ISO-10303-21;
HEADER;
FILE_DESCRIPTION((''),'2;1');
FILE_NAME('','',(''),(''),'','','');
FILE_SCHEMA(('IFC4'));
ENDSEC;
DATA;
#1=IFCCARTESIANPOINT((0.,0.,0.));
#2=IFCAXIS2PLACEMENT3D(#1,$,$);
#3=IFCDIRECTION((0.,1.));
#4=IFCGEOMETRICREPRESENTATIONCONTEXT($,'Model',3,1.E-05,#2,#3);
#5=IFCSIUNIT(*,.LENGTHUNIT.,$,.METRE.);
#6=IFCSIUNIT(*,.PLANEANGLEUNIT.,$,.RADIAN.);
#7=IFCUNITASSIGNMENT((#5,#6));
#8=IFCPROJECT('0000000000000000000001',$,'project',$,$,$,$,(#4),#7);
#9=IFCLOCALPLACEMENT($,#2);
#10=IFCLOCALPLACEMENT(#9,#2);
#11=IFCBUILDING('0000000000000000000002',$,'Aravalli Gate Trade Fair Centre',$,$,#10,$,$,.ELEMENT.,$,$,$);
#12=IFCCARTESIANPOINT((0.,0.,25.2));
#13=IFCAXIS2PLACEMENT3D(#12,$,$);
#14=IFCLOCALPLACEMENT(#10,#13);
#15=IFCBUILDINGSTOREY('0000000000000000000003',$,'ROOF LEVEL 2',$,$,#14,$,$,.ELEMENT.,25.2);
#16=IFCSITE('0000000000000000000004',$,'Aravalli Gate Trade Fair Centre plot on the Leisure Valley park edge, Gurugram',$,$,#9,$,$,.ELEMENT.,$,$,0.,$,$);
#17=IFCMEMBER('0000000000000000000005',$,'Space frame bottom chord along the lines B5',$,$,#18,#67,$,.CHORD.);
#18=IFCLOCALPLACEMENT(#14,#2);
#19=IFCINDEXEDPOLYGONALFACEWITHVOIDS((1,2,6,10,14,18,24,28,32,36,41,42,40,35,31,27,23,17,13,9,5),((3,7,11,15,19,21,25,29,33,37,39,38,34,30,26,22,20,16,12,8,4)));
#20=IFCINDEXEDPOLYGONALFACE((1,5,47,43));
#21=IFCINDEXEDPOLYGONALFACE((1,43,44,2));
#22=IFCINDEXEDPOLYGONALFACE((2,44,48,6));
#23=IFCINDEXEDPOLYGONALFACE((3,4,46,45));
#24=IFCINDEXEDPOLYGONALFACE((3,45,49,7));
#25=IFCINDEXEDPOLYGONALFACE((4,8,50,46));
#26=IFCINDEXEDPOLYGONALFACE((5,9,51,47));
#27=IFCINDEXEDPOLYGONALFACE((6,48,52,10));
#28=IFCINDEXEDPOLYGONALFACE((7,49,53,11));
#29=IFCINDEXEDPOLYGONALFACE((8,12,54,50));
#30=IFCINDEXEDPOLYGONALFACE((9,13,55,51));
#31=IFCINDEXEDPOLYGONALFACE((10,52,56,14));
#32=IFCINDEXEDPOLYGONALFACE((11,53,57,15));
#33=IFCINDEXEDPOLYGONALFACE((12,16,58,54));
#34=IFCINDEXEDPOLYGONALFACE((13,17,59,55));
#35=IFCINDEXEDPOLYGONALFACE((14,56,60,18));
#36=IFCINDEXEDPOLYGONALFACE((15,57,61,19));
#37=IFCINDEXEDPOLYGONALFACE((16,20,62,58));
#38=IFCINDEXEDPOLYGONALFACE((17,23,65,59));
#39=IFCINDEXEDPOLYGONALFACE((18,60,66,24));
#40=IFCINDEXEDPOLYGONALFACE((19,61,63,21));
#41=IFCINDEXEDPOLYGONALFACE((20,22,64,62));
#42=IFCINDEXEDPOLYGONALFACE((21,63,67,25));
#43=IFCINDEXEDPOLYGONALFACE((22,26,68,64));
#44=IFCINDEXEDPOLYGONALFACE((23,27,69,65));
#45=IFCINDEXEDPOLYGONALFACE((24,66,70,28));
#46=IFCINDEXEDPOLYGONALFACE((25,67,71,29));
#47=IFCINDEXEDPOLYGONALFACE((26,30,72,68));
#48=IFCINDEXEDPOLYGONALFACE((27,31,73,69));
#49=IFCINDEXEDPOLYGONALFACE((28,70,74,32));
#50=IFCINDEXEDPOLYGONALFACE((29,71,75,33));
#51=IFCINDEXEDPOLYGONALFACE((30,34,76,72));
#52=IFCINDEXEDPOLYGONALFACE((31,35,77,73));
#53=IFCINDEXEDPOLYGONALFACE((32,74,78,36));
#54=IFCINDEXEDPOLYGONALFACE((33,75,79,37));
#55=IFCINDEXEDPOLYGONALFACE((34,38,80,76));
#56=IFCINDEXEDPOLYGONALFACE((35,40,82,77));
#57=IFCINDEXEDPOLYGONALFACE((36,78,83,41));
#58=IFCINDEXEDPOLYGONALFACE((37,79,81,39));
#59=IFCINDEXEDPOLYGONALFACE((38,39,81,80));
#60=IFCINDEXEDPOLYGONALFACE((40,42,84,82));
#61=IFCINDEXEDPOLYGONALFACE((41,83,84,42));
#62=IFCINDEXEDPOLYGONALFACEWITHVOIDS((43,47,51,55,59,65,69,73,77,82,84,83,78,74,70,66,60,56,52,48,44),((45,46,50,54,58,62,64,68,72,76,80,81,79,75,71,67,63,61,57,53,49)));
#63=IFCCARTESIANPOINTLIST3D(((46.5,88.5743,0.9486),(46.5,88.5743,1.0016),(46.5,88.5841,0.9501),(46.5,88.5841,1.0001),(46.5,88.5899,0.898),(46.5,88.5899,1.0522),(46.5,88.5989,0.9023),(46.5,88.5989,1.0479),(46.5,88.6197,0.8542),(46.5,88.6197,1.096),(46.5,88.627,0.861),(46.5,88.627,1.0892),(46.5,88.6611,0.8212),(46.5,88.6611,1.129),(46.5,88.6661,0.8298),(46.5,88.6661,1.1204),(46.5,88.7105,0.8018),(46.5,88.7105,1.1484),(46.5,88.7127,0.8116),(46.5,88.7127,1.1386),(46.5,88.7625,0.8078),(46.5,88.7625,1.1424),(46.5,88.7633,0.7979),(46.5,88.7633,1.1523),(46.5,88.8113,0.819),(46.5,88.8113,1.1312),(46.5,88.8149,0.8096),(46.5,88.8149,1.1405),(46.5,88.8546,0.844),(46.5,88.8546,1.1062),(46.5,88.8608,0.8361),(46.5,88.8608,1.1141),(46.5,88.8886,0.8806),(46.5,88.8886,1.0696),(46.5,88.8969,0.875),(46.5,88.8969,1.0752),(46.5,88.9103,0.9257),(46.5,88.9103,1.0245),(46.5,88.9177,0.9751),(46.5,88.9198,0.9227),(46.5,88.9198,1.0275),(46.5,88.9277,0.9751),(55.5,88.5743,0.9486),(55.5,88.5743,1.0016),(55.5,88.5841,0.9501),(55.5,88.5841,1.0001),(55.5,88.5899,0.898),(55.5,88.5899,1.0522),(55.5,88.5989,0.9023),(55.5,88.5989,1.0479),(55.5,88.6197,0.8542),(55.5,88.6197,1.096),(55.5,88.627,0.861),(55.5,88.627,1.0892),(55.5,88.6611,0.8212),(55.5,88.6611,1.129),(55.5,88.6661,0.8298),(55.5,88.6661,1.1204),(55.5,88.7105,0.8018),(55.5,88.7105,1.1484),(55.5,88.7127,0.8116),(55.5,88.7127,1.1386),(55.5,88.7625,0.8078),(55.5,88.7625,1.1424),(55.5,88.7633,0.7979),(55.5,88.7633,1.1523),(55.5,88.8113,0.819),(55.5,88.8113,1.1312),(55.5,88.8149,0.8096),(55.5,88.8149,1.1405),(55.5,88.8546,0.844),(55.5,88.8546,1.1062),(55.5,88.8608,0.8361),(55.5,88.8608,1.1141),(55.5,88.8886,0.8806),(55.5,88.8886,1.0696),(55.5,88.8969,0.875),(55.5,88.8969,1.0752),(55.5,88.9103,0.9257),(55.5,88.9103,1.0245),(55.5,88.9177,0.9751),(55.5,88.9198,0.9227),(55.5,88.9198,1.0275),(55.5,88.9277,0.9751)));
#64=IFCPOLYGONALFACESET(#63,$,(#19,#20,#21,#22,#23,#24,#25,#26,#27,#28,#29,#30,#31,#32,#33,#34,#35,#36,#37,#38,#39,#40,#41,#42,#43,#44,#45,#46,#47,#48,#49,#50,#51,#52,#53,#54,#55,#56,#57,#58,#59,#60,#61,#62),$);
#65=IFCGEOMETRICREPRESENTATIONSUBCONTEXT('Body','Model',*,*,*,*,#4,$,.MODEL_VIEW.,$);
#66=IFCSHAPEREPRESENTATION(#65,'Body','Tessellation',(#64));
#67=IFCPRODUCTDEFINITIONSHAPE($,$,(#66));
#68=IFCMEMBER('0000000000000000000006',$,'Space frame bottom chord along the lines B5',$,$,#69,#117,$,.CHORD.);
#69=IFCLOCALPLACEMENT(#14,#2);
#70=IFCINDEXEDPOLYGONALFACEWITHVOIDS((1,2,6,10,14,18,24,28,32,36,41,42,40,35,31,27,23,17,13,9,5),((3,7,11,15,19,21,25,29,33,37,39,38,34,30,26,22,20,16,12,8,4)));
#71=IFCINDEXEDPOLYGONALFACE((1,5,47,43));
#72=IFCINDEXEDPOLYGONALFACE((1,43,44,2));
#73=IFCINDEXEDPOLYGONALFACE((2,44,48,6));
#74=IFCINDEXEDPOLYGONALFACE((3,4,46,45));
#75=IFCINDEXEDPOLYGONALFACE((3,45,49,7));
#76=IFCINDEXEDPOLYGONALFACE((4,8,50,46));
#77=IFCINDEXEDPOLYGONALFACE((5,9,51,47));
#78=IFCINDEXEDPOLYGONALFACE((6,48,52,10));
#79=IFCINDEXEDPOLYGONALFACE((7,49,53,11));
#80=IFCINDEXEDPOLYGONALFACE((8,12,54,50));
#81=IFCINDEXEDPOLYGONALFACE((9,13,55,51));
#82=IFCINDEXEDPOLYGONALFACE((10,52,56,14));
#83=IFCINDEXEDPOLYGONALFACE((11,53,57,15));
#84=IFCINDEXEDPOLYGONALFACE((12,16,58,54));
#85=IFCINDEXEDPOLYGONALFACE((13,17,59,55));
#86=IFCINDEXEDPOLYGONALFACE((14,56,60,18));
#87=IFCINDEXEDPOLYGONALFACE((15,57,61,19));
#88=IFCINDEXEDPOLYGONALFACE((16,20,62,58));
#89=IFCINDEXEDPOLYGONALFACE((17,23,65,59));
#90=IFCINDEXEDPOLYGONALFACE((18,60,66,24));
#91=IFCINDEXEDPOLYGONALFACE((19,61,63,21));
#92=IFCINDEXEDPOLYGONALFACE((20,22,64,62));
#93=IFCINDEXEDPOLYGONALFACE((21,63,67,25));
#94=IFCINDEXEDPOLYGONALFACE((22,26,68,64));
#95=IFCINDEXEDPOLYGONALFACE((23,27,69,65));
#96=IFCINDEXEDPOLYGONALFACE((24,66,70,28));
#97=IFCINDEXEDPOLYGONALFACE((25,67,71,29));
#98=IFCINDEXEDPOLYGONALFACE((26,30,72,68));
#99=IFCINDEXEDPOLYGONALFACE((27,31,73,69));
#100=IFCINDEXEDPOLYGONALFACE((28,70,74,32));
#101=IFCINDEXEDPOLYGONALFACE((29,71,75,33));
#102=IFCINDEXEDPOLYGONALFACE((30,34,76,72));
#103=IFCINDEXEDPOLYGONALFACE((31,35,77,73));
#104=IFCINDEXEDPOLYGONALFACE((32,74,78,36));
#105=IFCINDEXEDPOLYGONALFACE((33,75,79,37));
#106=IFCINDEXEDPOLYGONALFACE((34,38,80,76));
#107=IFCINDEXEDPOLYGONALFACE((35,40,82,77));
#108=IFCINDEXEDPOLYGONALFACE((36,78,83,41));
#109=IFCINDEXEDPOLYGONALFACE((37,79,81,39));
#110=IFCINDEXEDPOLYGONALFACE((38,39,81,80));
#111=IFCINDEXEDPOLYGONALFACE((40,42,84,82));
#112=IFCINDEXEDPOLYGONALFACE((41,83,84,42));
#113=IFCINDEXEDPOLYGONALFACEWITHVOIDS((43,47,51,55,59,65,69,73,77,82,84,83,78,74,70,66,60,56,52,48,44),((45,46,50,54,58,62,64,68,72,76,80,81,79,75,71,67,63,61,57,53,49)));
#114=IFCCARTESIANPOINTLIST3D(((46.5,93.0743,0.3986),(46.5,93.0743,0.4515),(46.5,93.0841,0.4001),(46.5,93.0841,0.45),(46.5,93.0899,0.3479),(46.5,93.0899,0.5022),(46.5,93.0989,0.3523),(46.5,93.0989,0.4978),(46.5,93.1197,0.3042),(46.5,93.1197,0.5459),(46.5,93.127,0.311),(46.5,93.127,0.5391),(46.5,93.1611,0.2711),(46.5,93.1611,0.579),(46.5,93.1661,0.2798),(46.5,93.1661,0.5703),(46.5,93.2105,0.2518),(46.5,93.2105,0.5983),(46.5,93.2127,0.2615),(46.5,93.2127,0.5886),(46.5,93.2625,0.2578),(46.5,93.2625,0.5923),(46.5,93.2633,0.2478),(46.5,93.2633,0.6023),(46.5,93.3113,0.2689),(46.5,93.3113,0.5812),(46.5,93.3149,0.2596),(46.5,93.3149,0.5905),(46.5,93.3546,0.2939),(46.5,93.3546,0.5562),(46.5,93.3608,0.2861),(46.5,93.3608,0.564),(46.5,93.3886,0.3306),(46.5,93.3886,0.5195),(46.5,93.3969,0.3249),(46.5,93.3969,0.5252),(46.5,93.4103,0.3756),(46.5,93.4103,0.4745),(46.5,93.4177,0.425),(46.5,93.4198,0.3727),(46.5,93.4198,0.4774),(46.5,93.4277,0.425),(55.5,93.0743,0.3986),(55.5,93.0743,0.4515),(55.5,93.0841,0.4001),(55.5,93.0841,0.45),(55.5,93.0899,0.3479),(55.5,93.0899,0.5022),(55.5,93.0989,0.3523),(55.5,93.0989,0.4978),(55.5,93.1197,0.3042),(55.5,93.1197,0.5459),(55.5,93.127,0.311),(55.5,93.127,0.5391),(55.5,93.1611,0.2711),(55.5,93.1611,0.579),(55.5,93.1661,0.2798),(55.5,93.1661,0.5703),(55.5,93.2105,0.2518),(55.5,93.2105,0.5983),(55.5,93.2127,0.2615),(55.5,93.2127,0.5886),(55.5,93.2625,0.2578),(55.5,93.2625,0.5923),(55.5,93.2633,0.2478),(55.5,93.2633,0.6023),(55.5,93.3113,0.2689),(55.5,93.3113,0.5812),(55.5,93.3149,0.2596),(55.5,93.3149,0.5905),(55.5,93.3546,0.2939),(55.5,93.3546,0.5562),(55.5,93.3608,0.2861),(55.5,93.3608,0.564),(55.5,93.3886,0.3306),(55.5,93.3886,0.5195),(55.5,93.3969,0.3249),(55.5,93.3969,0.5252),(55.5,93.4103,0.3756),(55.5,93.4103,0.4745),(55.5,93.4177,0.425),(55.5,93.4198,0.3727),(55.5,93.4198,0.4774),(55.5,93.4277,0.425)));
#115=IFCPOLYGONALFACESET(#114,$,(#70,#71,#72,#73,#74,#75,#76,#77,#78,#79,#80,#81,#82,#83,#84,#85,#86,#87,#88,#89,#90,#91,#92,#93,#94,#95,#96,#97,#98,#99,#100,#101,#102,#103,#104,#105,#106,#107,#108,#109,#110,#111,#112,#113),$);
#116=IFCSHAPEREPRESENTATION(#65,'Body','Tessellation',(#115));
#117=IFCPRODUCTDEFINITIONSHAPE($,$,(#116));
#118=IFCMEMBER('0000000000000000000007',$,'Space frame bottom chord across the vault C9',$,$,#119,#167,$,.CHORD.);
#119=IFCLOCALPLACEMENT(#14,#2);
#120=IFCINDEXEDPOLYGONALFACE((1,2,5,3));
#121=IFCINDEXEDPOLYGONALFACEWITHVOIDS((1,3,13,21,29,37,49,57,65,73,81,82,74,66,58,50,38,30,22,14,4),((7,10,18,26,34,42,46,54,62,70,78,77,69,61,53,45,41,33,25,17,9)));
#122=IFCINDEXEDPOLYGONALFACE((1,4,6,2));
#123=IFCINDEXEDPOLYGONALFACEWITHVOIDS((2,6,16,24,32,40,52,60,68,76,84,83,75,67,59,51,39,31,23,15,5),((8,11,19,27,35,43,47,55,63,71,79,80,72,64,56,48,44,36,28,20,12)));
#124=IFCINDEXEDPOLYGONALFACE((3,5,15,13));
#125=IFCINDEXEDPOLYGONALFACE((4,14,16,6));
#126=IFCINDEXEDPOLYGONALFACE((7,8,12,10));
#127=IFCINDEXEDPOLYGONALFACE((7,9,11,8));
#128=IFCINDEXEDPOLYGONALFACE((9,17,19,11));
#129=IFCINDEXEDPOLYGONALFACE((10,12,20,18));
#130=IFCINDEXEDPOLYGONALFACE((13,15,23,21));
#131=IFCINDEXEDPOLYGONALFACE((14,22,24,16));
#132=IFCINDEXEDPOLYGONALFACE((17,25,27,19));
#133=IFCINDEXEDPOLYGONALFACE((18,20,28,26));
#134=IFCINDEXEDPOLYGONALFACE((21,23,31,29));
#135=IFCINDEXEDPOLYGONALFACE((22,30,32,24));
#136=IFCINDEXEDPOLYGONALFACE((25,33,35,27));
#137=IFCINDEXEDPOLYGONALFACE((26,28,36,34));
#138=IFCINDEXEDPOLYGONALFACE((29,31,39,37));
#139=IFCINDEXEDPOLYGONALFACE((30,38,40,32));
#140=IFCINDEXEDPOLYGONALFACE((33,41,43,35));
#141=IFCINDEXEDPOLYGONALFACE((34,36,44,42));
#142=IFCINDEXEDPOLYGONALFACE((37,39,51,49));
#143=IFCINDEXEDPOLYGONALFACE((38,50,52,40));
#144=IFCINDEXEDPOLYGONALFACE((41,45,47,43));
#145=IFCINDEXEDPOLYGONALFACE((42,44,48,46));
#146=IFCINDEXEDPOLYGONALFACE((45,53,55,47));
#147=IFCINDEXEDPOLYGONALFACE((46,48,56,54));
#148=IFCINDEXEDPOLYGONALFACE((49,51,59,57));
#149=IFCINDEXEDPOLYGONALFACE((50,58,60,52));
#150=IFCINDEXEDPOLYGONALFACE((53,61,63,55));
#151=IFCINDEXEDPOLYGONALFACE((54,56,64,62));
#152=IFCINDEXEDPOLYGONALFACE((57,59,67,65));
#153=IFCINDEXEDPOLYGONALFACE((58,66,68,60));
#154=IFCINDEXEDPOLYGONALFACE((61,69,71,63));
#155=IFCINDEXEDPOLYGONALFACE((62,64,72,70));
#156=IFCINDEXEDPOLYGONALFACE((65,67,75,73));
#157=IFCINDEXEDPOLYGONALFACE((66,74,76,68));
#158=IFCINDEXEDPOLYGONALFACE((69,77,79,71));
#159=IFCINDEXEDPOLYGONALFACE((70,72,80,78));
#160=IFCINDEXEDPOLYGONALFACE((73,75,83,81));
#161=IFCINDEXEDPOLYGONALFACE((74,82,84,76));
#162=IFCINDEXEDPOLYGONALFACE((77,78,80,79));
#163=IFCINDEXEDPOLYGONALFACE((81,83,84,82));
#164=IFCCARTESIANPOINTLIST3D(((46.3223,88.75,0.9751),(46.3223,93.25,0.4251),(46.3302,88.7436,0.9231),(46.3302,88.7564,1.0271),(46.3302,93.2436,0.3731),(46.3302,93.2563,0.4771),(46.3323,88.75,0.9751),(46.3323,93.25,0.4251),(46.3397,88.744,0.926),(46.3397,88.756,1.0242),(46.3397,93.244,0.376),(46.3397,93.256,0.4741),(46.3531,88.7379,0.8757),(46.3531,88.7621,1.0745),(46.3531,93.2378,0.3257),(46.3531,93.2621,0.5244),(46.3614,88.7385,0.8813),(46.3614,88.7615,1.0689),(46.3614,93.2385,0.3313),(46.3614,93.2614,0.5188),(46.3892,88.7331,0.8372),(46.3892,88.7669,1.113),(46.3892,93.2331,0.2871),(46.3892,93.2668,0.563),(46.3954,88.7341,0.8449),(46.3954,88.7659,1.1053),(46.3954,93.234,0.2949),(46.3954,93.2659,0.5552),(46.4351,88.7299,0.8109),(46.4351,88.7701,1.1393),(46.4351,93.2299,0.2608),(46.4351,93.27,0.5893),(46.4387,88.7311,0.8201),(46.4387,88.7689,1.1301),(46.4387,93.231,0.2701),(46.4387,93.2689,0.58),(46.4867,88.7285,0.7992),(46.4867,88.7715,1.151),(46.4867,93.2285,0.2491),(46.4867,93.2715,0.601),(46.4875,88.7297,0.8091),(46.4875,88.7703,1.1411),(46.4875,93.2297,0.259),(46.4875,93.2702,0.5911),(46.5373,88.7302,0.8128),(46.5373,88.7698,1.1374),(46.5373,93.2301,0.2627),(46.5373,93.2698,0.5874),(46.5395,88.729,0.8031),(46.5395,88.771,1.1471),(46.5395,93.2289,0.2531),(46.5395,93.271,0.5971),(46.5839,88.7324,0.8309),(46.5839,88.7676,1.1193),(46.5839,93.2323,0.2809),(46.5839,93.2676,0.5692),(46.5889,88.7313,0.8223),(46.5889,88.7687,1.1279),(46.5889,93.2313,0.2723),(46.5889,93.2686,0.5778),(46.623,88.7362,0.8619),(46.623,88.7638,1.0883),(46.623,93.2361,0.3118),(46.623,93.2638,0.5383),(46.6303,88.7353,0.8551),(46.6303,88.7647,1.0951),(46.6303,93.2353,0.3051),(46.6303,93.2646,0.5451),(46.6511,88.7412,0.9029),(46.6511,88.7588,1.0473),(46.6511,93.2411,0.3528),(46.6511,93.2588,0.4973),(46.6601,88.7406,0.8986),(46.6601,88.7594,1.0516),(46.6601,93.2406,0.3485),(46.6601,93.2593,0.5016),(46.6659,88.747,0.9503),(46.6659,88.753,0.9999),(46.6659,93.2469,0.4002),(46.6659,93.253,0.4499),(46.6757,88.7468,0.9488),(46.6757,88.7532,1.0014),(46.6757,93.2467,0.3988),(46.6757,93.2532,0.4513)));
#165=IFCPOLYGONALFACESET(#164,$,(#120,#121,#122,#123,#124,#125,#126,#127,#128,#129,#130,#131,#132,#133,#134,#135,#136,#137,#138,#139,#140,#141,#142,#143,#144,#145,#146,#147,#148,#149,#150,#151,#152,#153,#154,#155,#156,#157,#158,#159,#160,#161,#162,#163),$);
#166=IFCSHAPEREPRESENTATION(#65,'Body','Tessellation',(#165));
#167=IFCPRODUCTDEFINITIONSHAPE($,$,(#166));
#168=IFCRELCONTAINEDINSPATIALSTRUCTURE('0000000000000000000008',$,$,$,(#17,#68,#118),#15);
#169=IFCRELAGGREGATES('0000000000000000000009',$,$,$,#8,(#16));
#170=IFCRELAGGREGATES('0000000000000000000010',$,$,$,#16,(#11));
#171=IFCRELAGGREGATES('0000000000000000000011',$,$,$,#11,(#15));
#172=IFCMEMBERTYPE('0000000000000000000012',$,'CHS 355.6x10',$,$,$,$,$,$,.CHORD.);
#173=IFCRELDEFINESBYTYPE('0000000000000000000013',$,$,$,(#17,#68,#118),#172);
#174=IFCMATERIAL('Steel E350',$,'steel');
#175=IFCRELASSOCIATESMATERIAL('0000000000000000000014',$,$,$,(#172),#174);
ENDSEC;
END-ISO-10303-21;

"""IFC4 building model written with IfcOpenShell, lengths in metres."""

from ifc_helpers import new_model, si_unit, direction, frame, origin, origin_2d, place, context, subcontext, project, spatial, hollow_circle, extrude, material, material_profile, profile_set, type_object, element, save


model = new_model("IFC4")

# Units and contexts
model_context = context("Model", 3, precision=1e-05, world=origin(), true_north=direction((0.0, 1.0)))
body_context = subcontext(model_context, "Body", "Model", "MODEL_VIEW")
ifc_project = project(units=[si_unit("LENGTHUNIT", "METRE"), si_unit("PLANEANGLEUNIT", "RADIAN")], contexts=[model_context])

# Site, building, storey
site_placement = place(None, origin())
site = spatial("IfcSite", under=ifc_project, at=site_placement, Name="Aravalli Gate Trade Fair Centre plot on the Leisure Valley park edge, Gurugram", CompositionType="ELEMENT", RefElevation=0.0)
building_placement = place(site_placement, origin())
building = spatial("IfcBuilding", under=site, at=building_placement, Name="Aravalli Gate Trade Fair Centre", CompositionType="ELEMENT")
storey_placement = place(building_placement, frame((0.0, 0.0, 25.2)))
storey = spatial("IfcBuildingStorey", under=building, at=storey_placement, Name="ROOF LEVEL 2", CompositionType="ELEMENT", Elevation=25.2)

# Members
ifc_material_1 = material(Name="Steel E350", Category="steel")
ifc_material_profile_1 = material_profile(ifc_material_1, hollow_circle(Radius=0.1777, WallThickness=0.01, at=origin_2d()), Name="CHS 355.6x10")
ifc_profile_set_1 = profile_set([ifc_material_profile_1], Name="Steel E350")
member_type_1 = type_object("IfcMemberType", Name="CHS 355.6x10", PredefinedType="CHORD", material=ifc_profile_set_1)
for number, where, z_axis, x_axis, name in (
    (1, (46.5, 88.75, 0.9751), (1.0, 0.0, 0.0), (0.0, 1.0, 0.0), "Space frame bottom chord along the lines B5"),
    (2, (46.5, 93.25, 0.425), (1.0, 0.0, 0.0), (0.0, 1.0, 0.0), "Space frame bottom chord along the lines B5"),
):
    element("IfcMember", number, at=place(storey_placement, frame(where, z_axis=z_axis, x_axis=x_axis)), inside=storey, type_object=member_type_1, Name=name, PredefinedType="CHORD", context=body_context, shape_type="SweptSolid", body=[
        extrude(hollow_circle(Radius=0.1777, WallThickness=0.01, at=origin_2d()), origin(), (0.0, 0.0, 1.0), 9.0),
    ])
member_1_placement = place(storey_placement, frame((46.5, 88.75, 0.9751), z_axis=(0.0, 0.992612, -0.12133), x_axis=(-1.0, 0.0, 0.0)))
element("IfcMember", 3, at=member_1_placement, inside=storey, type_object=member_type_1, Name="Space frame bottom chord across the vault C9", PredefinedType="CHORD", context=body_context, shape_type="SweptSolid", body=[
    extrude(hollow_circle(Radius=0.1777, WallThickness=0.01, at=origin_2d()), origin(), (0.0, 0.0, 1.0), 4.5334),
])

save(model, "model.ifc")
